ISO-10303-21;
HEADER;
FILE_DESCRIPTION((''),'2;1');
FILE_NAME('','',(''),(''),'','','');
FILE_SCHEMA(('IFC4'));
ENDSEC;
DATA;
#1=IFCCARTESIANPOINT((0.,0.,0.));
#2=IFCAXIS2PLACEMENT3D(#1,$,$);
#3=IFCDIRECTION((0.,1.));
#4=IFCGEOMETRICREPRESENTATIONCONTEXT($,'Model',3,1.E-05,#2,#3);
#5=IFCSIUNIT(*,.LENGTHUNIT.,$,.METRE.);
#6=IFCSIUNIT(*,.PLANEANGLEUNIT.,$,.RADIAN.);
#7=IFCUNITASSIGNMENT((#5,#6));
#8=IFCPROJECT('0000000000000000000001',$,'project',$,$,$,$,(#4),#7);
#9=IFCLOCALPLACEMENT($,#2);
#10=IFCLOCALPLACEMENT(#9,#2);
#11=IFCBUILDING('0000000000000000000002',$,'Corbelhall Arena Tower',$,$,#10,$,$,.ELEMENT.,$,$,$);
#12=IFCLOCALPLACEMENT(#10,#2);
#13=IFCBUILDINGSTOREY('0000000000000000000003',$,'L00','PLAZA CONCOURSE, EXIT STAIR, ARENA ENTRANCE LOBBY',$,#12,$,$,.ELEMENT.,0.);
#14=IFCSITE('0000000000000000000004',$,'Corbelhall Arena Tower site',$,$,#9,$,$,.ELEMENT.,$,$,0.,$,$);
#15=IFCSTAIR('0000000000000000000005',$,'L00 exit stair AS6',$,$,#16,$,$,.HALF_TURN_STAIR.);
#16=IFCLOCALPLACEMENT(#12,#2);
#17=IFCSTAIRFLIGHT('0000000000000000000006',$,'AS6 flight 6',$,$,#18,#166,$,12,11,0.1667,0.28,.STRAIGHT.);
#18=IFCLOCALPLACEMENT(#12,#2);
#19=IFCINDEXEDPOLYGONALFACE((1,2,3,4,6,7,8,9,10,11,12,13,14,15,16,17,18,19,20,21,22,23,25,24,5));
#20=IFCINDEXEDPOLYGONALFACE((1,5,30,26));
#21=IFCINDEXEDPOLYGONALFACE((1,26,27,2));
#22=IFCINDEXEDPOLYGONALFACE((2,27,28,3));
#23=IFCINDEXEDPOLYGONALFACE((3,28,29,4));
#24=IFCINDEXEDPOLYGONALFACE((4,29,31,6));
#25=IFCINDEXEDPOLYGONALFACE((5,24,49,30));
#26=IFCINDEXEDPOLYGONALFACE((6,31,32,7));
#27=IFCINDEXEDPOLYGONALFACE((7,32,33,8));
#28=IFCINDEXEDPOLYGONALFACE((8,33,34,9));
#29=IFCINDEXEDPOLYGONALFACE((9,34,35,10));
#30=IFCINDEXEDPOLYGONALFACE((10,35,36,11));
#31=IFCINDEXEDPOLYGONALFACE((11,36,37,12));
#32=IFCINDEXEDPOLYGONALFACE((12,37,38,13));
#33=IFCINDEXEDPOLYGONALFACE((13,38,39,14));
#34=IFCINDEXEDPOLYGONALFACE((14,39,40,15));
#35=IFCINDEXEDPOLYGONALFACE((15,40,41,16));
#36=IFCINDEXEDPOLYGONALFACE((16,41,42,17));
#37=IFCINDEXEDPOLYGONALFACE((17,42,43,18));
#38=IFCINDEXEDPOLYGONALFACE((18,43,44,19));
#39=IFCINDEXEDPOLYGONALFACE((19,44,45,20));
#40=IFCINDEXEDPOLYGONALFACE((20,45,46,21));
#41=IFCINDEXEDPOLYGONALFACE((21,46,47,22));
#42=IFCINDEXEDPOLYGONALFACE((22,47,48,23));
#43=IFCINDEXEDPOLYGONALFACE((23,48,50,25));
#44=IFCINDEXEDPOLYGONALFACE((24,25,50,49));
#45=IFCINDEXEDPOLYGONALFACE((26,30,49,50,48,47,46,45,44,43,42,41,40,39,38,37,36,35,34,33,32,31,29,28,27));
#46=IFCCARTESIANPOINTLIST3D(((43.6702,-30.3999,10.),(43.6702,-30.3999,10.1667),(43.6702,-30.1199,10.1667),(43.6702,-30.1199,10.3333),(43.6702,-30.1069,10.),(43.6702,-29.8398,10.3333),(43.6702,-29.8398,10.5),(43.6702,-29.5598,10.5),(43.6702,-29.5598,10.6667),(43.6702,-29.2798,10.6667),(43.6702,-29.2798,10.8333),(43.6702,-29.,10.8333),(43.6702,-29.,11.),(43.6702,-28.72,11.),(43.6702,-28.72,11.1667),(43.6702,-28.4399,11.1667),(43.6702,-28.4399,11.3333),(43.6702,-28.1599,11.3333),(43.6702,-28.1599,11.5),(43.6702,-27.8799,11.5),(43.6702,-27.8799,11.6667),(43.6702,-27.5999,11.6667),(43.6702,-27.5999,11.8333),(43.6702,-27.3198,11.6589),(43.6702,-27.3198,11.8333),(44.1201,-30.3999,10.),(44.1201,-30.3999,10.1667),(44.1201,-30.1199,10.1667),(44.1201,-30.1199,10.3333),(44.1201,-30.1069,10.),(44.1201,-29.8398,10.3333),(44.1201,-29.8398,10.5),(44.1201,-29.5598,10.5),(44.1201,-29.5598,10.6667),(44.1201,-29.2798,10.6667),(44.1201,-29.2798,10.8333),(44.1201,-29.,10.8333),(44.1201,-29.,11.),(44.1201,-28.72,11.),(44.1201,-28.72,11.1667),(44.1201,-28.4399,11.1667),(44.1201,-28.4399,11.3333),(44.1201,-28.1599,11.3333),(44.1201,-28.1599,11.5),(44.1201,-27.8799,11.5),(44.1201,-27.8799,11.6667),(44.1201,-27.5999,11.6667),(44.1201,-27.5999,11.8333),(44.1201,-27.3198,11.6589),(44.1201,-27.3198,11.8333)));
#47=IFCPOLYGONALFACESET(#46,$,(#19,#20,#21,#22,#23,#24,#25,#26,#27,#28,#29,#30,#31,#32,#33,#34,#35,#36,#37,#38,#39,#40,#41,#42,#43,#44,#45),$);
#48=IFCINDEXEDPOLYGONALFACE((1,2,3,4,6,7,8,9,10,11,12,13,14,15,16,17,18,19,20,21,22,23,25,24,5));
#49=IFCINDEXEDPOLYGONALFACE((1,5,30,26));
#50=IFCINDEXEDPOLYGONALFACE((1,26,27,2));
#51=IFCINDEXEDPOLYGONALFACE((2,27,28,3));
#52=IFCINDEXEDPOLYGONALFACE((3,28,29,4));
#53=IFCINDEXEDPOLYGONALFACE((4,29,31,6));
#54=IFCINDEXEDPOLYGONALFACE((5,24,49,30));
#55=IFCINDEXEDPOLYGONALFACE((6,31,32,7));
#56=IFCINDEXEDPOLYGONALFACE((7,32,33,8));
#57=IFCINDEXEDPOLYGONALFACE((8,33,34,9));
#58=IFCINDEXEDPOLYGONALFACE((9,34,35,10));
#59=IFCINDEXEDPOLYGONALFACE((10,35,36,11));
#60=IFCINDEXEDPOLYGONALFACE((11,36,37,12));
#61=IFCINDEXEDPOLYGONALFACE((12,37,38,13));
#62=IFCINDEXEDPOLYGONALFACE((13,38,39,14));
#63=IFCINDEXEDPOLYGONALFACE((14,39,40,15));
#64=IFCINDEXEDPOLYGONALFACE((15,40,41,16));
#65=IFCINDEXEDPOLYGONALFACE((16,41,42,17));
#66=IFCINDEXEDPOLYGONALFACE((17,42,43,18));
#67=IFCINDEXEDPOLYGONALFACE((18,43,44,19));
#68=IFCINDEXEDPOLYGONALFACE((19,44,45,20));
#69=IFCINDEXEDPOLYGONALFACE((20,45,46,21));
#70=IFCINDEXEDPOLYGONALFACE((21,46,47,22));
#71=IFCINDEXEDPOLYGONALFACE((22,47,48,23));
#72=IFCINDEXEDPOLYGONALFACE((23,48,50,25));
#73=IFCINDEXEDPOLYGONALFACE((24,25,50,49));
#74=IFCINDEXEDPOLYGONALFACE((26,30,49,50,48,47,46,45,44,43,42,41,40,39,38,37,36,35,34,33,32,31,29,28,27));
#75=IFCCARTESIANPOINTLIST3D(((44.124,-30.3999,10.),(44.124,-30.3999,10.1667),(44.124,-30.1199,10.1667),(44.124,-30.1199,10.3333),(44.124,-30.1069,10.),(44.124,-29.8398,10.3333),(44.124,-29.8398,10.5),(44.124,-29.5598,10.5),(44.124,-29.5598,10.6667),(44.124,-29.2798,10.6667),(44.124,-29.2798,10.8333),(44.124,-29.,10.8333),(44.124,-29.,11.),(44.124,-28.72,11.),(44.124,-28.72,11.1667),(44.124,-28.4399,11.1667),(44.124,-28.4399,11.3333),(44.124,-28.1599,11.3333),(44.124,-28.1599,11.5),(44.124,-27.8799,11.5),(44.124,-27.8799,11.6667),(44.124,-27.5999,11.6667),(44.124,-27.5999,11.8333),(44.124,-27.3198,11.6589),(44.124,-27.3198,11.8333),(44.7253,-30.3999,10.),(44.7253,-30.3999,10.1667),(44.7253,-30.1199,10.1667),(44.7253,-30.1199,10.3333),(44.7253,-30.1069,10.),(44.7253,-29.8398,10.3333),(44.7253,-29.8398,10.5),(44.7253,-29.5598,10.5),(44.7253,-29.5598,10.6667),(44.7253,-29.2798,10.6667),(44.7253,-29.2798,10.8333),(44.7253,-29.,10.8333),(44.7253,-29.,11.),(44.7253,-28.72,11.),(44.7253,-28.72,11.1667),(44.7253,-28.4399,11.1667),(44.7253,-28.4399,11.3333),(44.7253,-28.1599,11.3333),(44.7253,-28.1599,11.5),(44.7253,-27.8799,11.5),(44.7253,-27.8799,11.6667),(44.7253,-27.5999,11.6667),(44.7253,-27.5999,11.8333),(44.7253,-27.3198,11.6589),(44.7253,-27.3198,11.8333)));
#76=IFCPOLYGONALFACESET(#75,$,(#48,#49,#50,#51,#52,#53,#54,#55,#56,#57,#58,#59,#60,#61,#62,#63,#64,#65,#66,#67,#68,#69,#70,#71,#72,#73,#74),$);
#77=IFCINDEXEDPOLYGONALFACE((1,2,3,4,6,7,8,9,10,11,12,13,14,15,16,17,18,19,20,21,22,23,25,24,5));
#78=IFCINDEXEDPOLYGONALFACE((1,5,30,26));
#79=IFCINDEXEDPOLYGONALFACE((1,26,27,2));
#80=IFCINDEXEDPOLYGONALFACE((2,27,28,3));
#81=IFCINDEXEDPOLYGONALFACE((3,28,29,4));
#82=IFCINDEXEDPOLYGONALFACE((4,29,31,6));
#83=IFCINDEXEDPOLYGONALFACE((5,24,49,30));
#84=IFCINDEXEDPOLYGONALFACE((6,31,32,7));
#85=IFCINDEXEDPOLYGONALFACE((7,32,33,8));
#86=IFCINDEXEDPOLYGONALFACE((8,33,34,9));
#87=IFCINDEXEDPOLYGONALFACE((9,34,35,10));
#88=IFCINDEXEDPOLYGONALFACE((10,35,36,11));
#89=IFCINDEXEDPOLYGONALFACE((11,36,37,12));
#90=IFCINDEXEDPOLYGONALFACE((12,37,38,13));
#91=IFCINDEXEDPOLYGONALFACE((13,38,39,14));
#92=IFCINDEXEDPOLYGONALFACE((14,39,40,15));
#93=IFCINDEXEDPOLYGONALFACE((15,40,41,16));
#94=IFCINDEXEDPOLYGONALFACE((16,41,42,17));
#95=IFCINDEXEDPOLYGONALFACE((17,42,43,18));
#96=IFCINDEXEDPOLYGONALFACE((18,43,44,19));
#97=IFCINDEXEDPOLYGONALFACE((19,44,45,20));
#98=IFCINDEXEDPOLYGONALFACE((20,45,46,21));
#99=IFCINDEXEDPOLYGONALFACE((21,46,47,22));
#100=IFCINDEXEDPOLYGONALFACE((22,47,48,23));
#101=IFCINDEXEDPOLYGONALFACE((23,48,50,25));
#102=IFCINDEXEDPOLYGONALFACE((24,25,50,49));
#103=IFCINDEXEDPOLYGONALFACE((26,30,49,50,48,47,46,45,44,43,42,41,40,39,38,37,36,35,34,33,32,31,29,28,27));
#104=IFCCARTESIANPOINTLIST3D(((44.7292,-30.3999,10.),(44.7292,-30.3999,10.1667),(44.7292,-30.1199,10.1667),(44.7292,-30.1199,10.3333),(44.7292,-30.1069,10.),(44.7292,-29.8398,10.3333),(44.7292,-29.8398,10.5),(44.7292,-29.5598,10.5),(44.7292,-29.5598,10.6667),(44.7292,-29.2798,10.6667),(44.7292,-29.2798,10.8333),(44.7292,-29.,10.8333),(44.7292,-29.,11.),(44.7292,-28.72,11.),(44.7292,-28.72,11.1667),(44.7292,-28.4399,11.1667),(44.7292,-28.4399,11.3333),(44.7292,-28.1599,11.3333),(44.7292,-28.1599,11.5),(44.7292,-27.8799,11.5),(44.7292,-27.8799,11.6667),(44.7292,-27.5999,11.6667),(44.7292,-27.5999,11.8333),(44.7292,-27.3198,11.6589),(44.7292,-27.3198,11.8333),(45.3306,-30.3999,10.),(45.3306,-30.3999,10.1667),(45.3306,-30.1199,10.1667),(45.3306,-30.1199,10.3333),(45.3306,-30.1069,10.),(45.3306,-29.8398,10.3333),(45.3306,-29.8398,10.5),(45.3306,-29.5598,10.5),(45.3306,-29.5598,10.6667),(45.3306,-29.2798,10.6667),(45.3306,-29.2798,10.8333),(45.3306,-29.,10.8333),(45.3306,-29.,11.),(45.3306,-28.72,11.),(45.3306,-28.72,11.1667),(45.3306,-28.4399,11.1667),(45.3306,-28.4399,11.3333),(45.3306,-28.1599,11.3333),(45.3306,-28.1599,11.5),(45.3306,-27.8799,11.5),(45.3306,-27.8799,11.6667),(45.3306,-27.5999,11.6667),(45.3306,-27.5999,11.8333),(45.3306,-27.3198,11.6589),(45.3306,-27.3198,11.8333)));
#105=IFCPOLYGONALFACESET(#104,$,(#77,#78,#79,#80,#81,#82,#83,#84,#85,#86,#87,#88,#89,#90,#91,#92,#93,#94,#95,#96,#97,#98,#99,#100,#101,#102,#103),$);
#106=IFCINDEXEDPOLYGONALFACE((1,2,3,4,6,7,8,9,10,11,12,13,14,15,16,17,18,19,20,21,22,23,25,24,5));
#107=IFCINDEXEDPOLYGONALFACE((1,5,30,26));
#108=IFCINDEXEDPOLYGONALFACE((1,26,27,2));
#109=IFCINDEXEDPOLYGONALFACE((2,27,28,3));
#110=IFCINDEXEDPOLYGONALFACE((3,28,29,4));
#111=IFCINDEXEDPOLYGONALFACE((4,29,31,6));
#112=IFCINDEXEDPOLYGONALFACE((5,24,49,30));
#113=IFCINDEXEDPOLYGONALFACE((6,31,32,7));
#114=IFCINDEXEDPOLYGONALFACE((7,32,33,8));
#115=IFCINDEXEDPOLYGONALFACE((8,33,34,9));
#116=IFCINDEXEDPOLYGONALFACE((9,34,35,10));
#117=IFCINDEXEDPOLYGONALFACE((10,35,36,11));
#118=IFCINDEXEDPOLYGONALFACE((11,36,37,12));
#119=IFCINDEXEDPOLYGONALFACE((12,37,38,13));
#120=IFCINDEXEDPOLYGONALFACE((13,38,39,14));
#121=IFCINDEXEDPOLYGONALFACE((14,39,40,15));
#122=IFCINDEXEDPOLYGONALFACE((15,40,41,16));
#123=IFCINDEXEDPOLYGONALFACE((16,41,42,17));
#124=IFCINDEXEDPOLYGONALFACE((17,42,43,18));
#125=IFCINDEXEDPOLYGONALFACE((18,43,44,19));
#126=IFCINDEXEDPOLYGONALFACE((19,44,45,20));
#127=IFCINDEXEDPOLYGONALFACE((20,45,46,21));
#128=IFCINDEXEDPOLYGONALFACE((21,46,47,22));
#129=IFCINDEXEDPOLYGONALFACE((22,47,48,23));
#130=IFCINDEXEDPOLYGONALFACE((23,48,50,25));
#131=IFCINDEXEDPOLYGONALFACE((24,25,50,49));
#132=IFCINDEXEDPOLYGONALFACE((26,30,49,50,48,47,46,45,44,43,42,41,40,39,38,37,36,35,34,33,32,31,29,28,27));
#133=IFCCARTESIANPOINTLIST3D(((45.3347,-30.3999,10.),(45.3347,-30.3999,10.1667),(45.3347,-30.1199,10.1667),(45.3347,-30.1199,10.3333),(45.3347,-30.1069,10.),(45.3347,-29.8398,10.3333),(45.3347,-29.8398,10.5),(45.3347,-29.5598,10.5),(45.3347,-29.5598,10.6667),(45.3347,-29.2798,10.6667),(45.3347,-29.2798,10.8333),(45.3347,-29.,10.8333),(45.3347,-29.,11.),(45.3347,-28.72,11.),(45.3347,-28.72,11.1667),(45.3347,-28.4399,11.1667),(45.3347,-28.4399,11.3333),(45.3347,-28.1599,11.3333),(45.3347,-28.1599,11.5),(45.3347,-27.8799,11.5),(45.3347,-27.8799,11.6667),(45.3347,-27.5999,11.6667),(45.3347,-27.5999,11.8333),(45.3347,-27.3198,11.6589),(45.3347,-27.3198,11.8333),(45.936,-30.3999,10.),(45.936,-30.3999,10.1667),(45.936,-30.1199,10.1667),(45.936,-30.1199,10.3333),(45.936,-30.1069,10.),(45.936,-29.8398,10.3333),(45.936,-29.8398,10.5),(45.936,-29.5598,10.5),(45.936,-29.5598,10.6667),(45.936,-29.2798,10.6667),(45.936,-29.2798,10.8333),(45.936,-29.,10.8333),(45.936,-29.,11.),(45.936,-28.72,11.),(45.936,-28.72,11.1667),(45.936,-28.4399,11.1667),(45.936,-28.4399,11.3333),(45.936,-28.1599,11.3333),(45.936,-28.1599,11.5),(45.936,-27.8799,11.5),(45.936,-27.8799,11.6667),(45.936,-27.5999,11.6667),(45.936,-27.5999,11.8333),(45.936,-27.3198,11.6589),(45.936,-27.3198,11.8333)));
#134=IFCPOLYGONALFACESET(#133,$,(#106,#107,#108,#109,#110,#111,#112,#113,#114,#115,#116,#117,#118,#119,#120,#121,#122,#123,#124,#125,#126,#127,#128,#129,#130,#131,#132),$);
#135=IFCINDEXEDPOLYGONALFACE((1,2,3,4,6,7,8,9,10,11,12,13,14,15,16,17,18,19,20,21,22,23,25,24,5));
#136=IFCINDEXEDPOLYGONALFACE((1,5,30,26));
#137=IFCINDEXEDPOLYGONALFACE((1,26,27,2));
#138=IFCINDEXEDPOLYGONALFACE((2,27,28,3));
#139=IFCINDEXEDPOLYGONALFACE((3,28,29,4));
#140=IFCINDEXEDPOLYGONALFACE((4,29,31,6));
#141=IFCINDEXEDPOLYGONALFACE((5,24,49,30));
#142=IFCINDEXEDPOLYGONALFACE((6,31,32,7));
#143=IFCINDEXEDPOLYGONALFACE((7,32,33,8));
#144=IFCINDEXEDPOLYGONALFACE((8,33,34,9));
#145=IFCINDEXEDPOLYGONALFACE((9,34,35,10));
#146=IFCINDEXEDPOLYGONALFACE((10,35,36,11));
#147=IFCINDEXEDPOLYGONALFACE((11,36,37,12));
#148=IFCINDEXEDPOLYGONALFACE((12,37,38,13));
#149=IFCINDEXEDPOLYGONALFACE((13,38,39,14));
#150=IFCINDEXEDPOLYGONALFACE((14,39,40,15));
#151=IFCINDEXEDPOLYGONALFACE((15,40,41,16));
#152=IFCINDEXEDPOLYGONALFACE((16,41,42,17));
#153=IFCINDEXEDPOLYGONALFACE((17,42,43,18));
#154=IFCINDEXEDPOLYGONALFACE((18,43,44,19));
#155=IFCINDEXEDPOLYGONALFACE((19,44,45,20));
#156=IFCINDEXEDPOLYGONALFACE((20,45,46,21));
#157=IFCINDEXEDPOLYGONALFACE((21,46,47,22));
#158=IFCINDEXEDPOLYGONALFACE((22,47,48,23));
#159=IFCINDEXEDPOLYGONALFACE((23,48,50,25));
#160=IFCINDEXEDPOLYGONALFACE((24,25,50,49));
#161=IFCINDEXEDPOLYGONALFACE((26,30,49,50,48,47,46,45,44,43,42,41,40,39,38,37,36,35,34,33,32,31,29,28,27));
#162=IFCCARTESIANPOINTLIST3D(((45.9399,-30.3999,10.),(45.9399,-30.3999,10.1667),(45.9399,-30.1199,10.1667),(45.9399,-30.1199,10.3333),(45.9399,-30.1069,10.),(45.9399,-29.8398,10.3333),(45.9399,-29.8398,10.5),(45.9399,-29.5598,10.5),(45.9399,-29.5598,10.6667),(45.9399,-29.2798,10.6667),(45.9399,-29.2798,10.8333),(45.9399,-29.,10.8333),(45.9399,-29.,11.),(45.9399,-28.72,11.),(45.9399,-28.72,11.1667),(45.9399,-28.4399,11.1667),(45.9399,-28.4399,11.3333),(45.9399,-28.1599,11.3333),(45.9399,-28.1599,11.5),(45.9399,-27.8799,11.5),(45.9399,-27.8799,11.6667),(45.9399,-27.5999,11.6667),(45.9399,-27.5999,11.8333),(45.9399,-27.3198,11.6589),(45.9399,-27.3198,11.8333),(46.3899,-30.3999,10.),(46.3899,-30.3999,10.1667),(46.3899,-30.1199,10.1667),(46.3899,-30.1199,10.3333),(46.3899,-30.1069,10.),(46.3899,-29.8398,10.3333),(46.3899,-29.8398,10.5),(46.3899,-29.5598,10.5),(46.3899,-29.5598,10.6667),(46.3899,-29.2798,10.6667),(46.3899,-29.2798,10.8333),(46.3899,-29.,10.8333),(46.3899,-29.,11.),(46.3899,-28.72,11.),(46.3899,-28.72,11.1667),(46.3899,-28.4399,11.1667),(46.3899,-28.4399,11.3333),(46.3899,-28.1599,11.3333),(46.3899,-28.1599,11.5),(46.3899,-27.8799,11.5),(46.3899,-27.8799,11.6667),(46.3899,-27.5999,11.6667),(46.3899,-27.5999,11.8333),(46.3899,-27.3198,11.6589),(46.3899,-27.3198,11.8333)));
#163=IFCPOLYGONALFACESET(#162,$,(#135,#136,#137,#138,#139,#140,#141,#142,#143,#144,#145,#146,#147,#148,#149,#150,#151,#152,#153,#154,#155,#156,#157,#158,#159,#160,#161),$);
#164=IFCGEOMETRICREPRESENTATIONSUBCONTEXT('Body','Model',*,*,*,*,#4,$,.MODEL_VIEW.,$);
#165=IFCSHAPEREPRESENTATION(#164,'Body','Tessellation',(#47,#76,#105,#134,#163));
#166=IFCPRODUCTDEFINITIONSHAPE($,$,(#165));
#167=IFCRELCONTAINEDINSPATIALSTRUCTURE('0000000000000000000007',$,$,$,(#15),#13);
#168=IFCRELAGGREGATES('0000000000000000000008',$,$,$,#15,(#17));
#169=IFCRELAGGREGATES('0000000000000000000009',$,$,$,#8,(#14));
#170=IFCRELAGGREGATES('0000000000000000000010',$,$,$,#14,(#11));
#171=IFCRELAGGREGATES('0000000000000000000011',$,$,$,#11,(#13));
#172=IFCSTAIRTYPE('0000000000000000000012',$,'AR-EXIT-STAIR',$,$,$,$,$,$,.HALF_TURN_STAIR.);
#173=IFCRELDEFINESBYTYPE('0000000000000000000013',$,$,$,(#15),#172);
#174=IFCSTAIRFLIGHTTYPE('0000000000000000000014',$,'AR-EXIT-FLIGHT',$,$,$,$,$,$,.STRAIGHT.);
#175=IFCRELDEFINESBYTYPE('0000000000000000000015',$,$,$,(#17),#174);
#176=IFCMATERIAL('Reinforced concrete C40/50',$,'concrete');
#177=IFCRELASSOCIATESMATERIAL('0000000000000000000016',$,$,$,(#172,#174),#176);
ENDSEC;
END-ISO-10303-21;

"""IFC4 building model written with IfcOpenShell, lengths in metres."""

from ifc_helpers import new_model, si_unit, direction, frame, origin, place, context, subcontext, project, spatial, polyline, outline, extrude, material, type_object, element, aggregate, save


model = new_model("IFC4")

# Units and contexts
model_context = context("Model", 3, precision=1e-05, world=origin(), true_north=direction((0.0, 1.0)))
body_context = subcontext(model_context, "Body", "Model", "MODEL_VIEW")
ifc_project = project(units=[si_unit("LENGTHUNIT", "METRE"), si_unit("PLANEANGLEUNIT", "RADIAN")], contexts=[model_context])

# Site, building, storey
site_placement = place(None, origin())
site = spatial("IfcSite", under=ifc_project, at=site_placement, Name="Corbelhall Arena Tower site", CompositionType="ELEMENT", RefElevation=0.0)
building_placement = place(site_placement, origin())
building = spatial("IfcBuilding", under=site, at=building_placement, Name="Corbelhall Arena Tower", CompositionType="ELEMENT")
storey_placement = place(building_placement, origin())
storey = spatial("IfcBuildingStorey", under=building, at=storey_placement, Name="L00", Description="PLAZA CONCOURSE, EXIT STAIR, ARENA ENTRANCE LOBBY", CompositionType="ELEMENT", Elevation=0.0)

# Stair, stair flight
ifc_material_1 = material(Name="Reinforced concrete C40/50", Category="concrete")
stair_type = type_object("IfcStairType", Name="AR-EXIT-STAIR", PredefinedType="HALF_TURN_STAIR", material=ifc_material_1)
stair_flight_type = type_object("IfcStairFlightType", Name="AR-EXIT-FLIGHT", PredefinedType="STRAIGHT", material=ifc_material_1)
stair_1_placement = place(storey_placement, origin())
stair_1 = element("IfcStair", 1, at=stair_1_placement, inside=storey, type_object=stair_type, Name="L00 exit stair AS6", PredefinedType="HALF_TURN_STAIR")
stair_flight_1_placement = place(storey_placement, frame((45.03, -30.3999, 10.0), z_axis=(0.0, 0.0, 1.0), x_axis=(0.0, 1.0, 0.0)))
stair_flight_1 = element("IfcStairFlight", 2, at=stair_flight_1_placement, type_object=stair_flight_type, Name="AS6 flight 6", NumberOfRisers=12, NumberOfTreads=11, PredefinedType="STRAIGHT", RiserHeight=0.1667, TreadLength=0.28, context=body_context, shape_type="SweptSolid", body=[
    extrude(outline(polyline([(0.0, 0.0), (0.0, 0.1667), (0.28, 0.1667), (0.28, 0.3333), (0.5601, 0.3333), (0.5601, 0.5), (0.8401, 0.5), (0.8401, 0.6667), (1.1201, 0.6667), (1.1201, 0.8333), (1.3999, 0.8333), (1.3999, 1.0), (1.6799, 1.0), (1.6799, 1.1667), (1.96, 1.1667), (1.96, 1.3333), (2.24, 1.3333), (2.24, 1.5), (2.52, 1.5), (2.52, 1.6667), (2.8, 1.6667), (2.8, 1.8333), (3.0801, 1.8333), (3.0801, 2.0), (3.0801, 1.6589), (0.293, 0.0), (0.0, 0.0)])), frame((0.0, 1.3599, 0.0), z_axis=(0.0, -1.0, 0.0), x_axis=(1.0, 0.0, 0.0)), (0.0, 0.0, 1.0), 0.45),
    extrude(outline(polyline([(0.0, 0.0), (0.0, 0.1667), (0.28, 0.1667), (0.28, 0.3333), (0.5601, 0.3333), (0.5601, 0.5), (0.8401, 0.5), (0.8401, 0.6667), (1.1201, 0.6667), (1.1201, 0.8333), (1.3999, 0.8333), (1.3999, 1.0), (1.6799, 1.0), (1.6799, 1.1667), (1.96, 1.1667), (1.96, 1.3333), (2.24, 1.3333), (2.24, 1.5), (2.52, 1.5), (2.52, 1.6667), (2.8, 1.6667), (2.8, 1.8333), (3.0801, 1.8333), (3.0801, 2.0), (3.0801, 1.6589), (0.293, 0.0), (0.0, 0.0)])), frame((0.0, 0.906, 0.0), z_axis=(0.0, -1.0, 0.0), x_axis=(1.0, 0.0, 0.0)), (0.0, 0.0, 1.0), 0.6013),
    extrude(outline(polyline([(0.0, 0.0), (0.0, 0.1667), (0.28, 0.1667), (0.28, 0.3333), (0.5601, 0.3333), (0.5601, 0.5), (0.8401, 0.5), (0.8401, 0.6667), (1.1201, 0.6667), (1.1201, 0.8333), (1.3999, 0.8333), (1.3999, 1.0), (1.6799, 1.0), (1.6799, 1.1667), (1.96, 1.1667), (1.96, 1.3333), (2.24, 1.3333), (2.24, 1.5), (2.52, 1.5), (2.52, 1.6667), (2.8, 1.6667), (2.8, 1.8333), (3.0801, 1.8333), (3.0801, 2.0), (3.0801, 1.6589), (0.293, 0.0), (0.0, 0.0)])), frame((0.0, 0.3008, 0.0), z_axis=(0.0, -1.0, 0.0), x_axis=(1.0, 0.0, 0.0)), (0.0, 0.0, 1.0), 0.6013),
    extrude(outline(polyline([(0.0, 0.0), (0.0, 0.1667), (0.28, 0.1667), (0.28, 0.3333), (0.5601, 0.3333), (0.5601, 0.5), (0.8401, 0.5), (0.8401, 0.6667), (1.1201, 0.6667), (1.1201, 0.8333), (1.3999, 0.8333), (1.3999, 1.0), (1.6799, 1.0), (1.6799, 1.1667), (1.96, 1.1667), (1.96, 1.3333), (2.24, 1.3333), (2.24, 1.5), (2.52, 1.5), (2.52, 1.6667), (2.8, 1.6667), (2.8, 1.8333), (3.0801, 1.8333), (3.0801, 2.0), (3.0801, 1.6589), (0.293, 0.0), (0.0, 0.0)])), frame((0.0, -0.3047, 0.0), z_axis=(0.0, -1.0, 0.0), x_axis=(1.0, 0.0, 0.0)), (0.0, 0.0, 1.0), 0.6013),
    extrude(outline(polyline([(0.0, 0.0), (0.0, 0.1667), (0.28, 0.1667), (0.28, 0.3333), (0.5601, 0.3333), (0.5601, 0.5), (0.8401, 0.5), (0.8401, 0.6667), (1.1201, 0.6667), (1.1201, 0.8333), (1.3999, 0.8333), (1.3999, 1.0), (1.6799, 1.0), (1.6799, 1.1667), (1.96, 1.1667), (1.96, 1.3333), (2.24, 1.3333), (2.24, 1.5), (2.52, 1.5), (2.52, 1.6667), (2.8, 1.6667), (2.8, 1.8333), (3.0801, 1.8333), (3.0801, 2.0), (3.0801, 1.6589), (0.293, 0.0), (0.0, 0.0)])), frame((0.0, -0.9099, 0.0), z_axis=(0.0, -1.0, 0.0), x_axis=(1.0, 0.0, 0.0)), (0.0, 0.0, 1.0), 0.45),
])
aggregate(stair_1, [stair_flight_1])

save(model, "model.ifc")
